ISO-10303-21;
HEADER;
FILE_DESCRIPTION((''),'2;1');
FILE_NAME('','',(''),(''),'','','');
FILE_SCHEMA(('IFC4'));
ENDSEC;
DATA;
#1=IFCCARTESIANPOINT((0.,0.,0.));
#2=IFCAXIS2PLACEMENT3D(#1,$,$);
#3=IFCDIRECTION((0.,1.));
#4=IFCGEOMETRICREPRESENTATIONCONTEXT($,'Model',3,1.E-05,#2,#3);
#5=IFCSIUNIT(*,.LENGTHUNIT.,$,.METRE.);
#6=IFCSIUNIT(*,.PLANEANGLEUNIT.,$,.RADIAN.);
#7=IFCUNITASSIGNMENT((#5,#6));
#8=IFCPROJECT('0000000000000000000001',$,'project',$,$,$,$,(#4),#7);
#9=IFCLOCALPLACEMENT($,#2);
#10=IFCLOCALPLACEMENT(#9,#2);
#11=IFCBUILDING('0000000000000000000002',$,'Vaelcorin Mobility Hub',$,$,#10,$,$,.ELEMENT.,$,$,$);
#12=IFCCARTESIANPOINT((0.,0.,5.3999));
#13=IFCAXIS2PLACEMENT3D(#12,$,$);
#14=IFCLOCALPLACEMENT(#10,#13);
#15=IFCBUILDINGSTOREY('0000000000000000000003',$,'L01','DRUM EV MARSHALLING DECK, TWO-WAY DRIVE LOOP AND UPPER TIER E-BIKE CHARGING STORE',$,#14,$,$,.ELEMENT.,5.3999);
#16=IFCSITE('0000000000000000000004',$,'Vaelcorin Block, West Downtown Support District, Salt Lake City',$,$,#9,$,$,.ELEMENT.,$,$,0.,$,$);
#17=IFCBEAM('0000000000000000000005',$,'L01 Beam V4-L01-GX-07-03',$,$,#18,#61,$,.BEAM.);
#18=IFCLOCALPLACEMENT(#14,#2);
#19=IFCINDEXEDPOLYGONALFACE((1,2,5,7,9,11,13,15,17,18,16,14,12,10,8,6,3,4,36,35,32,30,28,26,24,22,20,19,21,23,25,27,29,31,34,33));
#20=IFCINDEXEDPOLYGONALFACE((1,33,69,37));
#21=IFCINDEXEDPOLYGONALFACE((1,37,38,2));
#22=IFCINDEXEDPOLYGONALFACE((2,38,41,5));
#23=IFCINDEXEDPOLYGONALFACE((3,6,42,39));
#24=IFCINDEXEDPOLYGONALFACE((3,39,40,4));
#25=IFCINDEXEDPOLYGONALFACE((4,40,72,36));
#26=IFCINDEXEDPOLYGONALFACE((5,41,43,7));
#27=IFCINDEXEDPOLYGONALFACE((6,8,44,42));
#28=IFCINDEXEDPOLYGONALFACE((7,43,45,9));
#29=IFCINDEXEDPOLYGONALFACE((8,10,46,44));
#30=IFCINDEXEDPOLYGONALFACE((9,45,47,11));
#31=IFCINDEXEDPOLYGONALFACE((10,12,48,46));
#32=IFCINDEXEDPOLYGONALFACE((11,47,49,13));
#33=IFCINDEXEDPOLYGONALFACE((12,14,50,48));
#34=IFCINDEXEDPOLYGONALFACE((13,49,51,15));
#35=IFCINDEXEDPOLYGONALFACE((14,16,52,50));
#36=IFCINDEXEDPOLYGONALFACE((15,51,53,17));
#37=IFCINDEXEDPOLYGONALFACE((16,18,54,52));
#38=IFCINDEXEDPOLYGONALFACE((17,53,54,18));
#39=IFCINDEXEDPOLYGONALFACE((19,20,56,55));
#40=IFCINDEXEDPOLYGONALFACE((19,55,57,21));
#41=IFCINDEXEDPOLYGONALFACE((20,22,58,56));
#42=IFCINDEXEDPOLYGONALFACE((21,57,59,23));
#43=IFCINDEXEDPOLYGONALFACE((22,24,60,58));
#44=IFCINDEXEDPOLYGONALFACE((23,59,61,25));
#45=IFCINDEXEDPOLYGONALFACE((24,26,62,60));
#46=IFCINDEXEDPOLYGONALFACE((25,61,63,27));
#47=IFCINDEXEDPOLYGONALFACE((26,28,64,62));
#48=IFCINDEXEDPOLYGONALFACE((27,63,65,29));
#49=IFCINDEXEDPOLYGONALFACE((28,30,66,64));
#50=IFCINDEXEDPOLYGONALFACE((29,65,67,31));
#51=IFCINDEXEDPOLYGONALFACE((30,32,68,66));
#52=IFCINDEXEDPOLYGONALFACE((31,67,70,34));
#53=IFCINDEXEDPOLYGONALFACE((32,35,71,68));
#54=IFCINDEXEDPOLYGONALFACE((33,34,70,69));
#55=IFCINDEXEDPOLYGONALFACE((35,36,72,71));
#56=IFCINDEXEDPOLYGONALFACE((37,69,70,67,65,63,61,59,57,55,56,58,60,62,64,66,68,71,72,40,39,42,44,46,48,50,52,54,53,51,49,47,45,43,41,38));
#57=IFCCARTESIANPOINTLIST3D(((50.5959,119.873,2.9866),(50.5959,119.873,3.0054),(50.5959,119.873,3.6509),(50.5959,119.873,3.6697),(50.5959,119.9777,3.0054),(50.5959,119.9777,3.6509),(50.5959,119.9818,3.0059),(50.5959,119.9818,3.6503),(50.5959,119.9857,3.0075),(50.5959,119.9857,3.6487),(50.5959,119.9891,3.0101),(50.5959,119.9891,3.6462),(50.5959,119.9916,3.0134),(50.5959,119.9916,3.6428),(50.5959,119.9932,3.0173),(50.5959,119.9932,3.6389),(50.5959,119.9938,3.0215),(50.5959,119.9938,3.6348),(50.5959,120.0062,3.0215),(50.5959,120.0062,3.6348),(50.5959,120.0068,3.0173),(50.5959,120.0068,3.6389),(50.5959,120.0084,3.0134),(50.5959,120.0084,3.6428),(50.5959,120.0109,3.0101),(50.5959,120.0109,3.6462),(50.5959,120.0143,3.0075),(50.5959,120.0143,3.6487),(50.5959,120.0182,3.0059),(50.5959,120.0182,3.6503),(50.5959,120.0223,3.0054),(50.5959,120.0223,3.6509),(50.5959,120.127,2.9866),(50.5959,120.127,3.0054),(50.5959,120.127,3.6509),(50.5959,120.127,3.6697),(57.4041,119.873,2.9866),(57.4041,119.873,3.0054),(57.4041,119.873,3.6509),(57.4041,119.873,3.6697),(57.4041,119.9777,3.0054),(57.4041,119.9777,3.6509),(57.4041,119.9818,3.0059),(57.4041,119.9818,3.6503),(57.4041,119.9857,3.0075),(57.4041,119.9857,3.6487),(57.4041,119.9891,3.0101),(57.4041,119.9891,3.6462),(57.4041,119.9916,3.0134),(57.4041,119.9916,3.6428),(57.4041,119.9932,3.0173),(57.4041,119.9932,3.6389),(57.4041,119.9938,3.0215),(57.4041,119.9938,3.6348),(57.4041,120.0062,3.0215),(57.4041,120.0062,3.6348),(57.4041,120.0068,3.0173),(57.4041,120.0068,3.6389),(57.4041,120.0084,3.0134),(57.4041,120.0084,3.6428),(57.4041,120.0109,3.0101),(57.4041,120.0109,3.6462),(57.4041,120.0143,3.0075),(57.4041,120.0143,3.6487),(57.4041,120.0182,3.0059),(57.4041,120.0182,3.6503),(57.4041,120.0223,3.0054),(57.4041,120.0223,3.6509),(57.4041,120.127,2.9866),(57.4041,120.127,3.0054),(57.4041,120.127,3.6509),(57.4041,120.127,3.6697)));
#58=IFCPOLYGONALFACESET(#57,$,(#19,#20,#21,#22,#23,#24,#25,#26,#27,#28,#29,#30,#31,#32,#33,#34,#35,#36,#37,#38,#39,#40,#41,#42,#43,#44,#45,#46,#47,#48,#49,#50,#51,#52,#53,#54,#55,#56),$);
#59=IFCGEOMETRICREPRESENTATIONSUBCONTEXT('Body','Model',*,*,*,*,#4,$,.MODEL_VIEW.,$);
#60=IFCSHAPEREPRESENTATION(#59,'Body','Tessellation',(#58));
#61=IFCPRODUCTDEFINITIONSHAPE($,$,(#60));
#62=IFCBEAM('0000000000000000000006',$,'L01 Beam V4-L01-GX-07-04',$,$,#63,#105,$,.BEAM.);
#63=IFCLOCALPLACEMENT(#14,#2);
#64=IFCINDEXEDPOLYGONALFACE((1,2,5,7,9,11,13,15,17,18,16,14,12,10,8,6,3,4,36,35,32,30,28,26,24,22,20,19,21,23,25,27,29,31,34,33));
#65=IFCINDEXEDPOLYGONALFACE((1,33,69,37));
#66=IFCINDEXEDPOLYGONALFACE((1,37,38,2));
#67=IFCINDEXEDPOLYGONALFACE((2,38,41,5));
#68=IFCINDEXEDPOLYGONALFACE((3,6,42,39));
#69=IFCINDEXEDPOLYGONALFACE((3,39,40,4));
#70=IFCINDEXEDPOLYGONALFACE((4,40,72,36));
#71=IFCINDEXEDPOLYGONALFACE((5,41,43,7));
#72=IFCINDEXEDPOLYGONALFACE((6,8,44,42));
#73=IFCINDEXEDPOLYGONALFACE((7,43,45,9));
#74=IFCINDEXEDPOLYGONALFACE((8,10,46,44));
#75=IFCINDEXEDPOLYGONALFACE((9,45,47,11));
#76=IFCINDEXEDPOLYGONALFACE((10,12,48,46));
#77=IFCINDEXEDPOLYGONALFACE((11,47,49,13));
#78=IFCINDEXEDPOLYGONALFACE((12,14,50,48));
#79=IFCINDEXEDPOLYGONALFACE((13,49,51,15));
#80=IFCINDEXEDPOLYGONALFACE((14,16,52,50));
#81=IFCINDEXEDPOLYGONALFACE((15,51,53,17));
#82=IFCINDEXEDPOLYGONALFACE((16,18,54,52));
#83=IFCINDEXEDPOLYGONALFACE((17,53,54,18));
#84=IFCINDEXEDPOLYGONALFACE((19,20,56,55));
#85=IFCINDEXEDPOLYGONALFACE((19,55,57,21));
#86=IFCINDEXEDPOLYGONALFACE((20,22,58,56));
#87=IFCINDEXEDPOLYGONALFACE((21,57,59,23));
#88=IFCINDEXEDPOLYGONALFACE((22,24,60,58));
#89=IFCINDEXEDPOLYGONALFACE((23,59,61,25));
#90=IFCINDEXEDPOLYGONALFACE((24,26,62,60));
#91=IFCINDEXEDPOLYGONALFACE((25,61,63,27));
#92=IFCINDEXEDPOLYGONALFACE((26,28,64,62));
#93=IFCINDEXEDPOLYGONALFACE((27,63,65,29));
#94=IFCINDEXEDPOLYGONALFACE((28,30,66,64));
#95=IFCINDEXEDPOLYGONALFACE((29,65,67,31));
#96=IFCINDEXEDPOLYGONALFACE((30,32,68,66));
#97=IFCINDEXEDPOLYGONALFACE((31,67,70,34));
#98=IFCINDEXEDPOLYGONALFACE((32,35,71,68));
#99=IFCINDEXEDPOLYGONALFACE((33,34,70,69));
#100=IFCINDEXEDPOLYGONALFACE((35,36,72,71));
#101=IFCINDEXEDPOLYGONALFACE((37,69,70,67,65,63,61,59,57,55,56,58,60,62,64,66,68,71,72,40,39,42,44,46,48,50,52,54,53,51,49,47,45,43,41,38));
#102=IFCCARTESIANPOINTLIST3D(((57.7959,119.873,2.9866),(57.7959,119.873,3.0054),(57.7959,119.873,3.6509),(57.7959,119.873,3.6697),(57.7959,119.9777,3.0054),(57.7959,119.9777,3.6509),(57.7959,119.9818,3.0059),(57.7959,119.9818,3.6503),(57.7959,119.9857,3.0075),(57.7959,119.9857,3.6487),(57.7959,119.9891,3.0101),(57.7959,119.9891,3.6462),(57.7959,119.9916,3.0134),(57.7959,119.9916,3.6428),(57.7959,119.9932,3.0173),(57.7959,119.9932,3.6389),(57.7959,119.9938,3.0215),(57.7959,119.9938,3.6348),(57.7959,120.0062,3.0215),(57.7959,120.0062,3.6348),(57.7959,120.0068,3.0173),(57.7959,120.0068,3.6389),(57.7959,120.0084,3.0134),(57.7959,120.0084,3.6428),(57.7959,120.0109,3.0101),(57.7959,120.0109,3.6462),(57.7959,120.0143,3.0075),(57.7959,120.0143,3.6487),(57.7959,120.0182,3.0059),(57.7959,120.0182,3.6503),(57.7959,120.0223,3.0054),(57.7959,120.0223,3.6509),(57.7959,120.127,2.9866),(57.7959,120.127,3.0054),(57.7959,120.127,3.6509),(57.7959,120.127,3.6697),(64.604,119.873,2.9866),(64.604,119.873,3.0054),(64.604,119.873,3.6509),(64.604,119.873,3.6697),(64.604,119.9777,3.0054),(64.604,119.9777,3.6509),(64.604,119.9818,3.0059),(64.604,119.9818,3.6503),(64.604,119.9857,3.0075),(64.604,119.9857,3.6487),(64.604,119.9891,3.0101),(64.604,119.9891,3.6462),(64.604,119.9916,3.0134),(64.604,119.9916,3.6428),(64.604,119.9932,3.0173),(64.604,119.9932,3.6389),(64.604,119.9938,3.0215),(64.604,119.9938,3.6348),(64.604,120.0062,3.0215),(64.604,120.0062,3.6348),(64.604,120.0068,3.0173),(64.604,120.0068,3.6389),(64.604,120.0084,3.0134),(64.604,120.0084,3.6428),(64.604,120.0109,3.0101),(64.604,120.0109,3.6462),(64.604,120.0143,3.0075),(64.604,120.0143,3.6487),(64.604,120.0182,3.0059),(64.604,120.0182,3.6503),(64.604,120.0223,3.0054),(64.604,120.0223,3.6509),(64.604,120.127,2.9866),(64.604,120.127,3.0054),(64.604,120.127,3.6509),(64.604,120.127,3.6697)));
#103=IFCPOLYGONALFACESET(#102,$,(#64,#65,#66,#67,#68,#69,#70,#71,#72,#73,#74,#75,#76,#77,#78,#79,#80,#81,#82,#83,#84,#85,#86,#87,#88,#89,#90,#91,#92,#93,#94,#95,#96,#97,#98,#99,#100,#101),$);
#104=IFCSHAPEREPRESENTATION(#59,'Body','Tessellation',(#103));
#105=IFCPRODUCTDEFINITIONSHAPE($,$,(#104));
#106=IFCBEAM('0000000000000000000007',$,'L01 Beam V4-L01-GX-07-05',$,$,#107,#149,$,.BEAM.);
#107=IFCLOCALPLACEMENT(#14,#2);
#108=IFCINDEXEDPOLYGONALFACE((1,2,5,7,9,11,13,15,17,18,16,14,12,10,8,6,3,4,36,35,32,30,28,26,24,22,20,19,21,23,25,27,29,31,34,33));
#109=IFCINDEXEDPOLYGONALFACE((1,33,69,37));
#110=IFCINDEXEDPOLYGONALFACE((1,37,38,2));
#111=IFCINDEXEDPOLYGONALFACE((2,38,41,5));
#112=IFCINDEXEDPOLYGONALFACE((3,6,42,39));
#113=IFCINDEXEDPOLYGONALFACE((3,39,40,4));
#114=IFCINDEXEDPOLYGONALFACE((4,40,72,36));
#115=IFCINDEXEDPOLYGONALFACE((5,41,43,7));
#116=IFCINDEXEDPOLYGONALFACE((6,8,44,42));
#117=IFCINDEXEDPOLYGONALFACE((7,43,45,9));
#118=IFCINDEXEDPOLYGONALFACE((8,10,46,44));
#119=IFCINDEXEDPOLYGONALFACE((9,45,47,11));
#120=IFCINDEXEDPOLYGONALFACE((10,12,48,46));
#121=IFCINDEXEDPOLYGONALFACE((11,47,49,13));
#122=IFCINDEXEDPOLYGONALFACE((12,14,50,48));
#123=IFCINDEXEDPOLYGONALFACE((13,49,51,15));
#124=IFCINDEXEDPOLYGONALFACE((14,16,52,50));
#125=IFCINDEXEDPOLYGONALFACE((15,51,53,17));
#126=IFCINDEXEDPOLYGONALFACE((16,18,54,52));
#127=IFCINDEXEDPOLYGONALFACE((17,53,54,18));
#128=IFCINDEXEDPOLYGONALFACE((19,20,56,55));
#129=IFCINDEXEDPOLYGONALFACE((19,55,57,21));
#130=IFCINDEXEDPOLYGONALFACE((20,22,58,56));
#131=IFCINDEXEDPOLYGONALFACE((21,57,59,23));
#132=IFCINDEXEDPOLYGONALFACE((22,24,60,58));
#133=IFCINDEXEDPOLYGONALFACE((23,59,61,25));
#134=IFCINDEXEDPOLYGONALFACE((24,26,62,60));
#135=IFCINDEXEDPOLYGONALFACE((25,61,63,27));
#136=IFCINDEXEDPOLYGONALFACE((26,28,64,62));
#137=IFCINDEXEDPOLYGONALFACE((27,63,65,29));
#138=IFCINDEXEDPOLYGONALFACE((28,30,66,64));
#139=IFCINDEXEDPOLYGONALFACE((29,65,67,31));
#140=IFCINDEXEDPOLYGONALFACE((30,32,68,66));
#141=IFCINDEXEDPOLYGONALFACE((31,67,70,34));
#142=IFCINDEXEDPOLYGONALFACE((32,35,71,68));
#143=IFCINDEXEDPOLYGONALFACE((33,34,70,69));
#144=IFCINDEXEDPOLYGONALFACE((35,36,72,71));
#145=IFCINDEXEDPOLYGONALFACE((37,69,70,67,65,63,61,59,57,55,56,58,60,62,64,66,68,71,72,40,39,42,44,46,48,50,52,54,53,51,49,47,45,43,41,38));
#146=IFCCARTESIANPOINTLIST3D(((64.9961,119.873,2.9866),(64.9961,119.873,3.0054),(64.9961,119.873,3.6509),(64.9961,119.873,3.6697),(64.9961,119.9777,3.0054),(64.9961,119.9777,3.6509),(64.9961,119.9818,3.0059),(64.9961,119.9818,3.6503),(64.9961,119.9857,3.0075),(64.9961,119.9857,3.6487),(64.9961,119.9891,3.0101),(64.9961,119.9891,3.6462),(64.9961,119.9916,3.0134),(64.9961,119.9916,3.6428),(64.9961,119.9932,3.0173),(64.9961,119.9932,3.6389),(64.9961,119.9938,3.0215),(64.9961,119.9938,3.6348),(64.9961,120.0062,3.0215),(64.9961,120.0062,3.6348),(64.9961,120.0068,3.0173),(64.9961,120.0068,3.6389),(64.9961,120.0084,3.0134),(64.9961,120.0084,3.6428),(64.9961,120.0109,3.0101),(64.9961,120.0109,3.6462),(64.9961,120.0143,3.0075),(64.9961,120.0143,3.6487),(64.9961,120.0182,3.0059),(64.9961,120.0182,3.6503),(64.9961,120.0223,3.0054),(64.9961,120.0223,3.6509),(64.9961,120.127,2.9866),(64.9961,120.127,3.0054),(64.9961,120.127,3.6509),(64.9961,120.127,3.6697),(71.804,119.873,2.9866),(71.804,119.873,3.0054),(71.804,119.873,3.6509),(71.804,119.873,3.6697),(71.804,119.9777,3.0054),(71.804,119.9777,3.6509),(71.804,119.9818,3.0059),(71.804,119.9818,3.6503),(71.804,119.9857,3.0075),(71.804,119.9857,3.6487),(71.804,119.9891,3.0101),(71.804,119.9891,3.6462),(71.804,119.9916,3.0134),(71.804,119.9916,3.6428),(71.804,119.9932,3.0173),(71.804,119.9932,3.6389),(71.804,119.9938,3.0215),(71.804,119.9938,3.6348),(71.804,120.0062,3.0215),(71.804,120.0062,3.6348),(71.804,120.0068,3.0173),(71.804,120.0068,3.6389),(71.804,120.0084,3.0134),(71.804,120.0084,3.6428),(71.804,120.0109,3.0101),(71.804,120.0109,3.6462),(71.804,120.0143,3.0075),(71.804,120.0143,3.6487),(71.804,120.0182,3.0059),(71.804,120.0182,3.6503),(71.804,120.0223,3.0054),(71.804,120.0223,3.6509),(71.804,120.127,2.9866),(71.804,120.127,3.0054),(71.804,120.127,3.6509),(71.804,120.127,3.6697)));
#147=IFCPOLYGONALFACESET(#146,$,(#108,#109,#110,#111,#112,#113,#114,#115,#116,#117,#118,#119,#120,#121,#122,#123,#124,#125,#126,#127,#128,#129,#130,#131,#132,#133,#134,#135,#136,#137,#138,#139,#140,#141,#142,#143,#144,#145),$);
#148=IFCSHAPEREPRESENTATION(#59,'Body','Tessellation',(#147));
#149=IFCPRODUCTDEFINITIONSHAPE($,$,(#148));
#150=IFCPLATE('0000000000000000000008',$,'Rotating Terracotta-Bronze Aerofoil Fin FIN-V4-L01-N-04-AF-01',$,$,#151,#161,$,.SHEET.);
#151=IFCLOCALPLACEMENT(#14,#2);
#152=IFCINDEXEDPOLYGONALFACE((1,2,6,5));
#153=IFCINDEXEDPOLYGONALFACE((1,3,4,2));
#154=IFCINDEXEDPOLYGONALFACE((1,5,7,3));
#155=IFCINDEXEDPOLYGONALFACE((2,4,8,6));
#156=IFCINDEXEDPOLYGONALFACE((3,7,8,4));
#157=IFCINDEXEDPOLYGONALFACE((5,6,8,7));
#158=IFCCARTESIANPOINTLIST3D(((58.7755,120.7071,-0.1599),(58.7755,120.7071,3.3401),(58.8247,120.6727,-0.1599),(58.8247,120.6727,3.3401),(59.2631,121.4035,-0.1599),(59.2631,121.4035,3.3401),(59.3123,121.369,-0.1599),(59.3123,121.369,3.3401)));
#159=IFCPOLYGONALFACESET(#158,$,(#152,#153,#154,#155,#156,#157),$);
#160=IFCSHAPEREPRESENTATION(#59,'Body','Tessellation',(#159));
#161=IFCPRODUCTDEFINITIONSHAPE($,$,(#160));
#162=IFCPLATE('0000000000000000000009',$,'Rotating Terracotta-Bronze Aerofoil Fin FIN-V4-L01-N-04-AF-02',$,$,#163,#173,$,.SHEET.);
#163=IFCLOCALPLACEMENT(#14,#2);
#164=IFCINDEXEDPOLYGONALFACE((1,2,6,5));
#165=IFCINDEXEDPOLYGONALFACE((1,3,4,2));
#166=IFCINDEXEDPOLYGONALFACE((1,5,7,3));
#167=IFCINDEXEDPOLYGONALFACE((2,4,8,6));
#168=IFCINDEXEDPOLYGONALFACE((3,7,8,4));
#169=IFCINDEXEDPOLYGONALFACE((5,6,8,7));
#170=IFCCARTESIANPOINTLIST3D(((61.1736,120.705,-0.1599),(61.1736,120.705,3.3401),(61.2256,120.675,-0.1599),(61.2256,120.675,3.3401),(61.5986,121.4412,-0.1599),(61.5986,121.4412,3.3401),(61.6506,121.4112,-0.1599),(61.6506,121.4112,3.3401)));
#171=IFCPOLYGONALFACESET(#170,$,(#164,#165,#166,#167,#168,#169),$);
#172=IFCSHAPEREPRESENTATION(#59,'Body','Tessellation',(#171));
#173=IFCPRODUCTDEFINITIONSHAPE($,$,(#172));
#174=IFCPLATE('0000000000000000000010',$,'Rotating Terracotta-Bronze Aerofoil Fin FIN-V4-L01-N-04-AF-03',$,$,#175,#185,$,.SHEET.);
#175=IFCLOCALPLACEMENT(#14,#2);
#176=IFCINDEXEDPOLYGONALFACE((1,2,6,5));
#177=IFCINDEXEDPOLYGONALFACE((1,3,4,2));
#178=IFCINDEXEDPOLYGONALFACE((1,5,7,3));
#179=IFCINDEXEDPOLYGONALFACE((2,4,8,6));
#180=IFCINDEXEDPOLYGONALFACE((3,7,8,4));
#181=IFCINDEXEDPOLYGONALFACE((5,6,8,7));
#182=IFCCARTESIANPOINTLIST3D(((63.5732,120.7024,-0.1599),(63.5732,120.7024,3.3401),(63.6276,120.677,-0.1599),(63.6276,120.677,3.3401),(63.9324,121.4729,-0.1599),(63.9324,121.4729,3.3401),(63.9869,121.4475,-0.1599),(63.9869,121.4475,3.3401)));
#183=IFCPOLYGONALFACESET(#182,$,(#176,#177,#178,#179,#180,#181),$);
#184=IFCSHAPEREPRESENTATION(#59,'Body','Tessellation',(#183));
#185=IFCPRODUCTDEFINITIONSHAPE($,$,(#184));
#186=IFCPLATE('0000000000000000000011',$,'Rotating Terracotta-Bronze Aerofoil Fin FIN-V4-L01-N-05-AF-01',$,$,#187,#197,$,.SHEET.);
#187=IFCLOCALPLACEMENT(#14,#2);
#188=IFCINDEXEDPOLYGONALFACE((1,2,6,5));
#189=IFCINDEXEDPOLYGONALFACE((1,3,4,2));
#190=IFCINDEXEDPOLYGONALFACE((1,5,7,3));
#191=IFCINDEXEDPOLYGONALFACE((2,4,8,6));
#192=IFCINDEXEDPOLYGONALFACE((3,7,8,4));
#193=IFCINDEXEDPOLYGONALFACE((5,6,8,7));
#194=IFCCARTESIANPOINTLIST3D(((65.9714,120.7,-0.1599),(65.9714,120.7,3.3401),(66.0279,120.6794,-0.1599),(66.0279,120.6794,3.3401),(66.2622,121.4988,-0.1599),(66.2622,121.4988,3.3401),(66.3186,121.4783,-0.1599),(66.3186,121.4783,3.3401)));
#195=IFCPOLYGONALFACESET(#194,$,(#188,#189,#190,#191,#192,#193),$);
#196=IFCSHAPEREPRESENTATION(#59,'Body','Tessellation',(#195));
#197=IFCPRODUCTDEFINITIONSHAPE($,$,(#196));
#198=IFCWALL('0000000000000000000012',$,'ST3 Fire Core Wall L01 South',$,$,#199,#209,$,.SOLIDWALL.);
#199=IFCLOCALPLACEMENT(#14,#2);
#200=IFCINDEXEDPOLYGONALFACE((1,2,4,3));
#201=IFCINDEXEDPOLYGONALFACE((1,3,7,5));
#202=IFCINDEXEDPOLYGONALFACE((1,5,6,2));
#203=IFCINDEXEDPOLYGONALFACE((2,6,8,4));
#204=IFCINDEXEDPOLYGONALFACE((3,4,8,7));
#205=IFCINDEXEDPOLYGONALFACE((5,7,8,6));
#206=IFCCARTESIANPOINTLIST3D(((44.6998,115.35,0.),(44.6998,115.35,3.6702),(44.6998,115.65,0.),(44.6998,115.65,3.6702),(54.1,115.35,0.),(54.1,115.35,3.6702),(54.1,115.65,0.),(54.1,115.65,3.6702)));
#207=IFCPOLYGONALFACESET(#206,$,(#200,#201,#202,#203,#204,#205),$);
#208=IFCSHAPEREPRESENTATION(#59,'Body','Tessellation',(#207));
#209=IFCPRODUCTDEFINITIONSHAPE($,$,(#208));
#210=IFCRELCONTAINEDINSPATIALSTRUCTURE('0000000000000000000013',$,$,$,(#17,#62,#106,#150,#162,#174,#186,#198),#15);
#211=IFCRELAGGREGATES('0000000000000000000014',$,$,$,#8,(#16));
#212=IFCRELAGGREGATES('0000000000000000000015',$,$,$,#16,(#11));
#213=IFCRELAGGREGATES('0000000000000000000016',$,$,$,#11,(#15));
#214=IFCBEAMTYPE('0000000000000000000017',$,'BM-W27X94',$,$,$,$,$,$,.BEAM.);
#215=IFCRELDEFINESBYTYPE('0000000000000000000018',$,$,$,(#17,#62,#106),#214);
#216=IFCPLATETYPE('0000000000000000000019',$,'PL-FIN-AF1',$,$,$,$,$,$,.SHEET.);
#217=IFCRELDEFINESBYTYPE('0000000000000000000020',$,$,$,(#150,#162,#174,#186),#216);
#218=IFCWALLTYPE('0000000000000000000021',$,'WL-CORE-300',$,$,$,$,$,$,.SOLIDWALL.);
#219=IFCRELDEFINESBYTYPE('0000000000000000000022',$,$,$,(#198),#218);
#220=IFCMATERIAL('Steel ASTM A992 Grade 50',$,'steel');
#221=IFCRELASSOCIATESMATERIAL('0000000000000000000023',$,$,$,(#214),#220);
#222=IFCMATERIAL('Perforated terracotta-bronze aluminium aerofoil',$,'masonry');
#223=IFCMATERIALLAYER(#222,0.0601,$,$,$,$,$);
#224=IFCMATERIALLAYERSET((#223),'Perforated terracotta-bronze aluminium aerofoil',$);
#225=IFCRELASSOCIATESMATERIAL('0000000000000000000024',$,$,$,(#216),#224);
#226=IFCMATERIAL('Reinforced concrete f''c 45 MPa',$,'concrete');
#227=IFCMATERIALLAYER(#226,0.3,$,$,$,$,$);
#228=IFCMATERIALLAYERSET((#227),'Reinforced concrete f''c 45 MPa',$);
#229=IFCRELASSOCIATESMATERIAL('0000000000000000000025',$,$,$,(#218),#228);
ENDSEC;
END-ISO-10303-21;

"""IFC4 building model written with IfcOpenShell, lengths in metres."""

from ifc_helpers import new_model, si_unit, direction, frame, frame_2d, origin, origin_2d, place, context, subcontext, project, spatial, rectangle, i_section, extrude, material, layer, layer_set, material_profile, profile_set, type_object, element, save


model = new_model("IFC4")

# Units and contexts
model_context = context("Model", 3, precision=1e-05, world=origin(), true_north=direction((0.0, 1.0)))
body_context = subcontext(model_context, "Body", "Model", "MODEL_VIEW")
ifc_project = project(units=[si_unit("LENGTHUNIT", "METRE"), si_unit("PLANEANGLEUNIT", "RADIAN")], contexts=[model_context])

# Site, building, storey
site_placement = place(None, origin())
site = spatial("IfcSite", under=ifc_project, at=site_placement, Name="Vaelcorin Block, West Downtown Support District, Salt Lake City", CompositionType="ELEMENT", RefElevation=0.0)
building_placement = place(site_placement, origin())
building = spatial("IfcBuilding", under=site, at=building_placement, Name="Vaelcorin Mobility Hub", CompositionType="ELEMENT")
storey_placement = place(building_placement, frame((0.0, 0.0, 5.3999)))
storey = spatial("IfcBuildingStorey", under=building, at=storey_placement, Name="L01", Description="DRUM EV MARSHALLING DECK, TWO-WAY DRIVE LOOP AND UPPER TIER E-BIKE CHARGING STORE", CompositionType="ELEMENT", Elevation=5.3999)

# Shared definitions
ifc_material_1 = material(Name="Steel ASTM A992 Grade 50", Category="steel")

# Beams
ifc_material_profile_1 = material_profile(ifc_material_1, i_section(OverallWidth=0.2539, OverallDepth=0.6831, WebThickness=0.0125, FlangeThickness=0.0188, FilletRadius=0.0161, at=origin_2d()), Name="W27X94")
ifc_profile_set_1 = profile_set([ifc_material_profile_1], Name="Steel ASTM A992 Grade 50")
beam_type_1 = type_object("IfcBeamType", Name="BM-W27X94", PredefinedType="BEAM", material=ifc_profile_set_1)
for number, where, z_axis, x_axis, name in (
    (1, (50.5959, 120.0, 3.3281), (1.0, 0.0, 0.0), (0.0, 1.0, 0.0), "L01 Beam V4-L01-GX-07-03"),
    (2, (57.7959, 120.0, 3.3281), (1.0, 0.0, 0.0), (0.0, 1.0, 0.0), "L01 Beam V4-L01-GX-07-04"),
):
    element("IfcBeam", number, at=place(storey_placement, frame(where, z_axis=z_axis, x_axis=x_axis)), inside=storey, type_object=beam_type_1, Name=name, PredefinedType="BEAM", context=body_context, shape_type="SweptSolid", body=[
        extrude(i_section(OverallWidth=0.2539, OverallDepth=0.6831, WebThickness=0.0125, FlangeThickness=0.0188, FilletRadius=0.0161, at=origin_2d()), origin(), (0.0, 0.0, 1.0), 6.8081),
    ])
beam_1_placement = place(storey_placement, frame((64.9961, 120.0, 3.3281), z_axis=(1.0, 0.0, 0.0), x_axis=(0.0, 1.0, 0.0)))
element("IfcBeam", 3, at=beam_1_placement, inside=storey, type_object=beam_type_1, Name="L01 Beam V4-L01-GX-07-05", PredefinedType="BEAM", context=body_context, shape_type="SweptSolid", body=[
    extrude(i_section(OverallWidth=0.2539, OverallDepth=0.6831, WebThickness=0.0125, FlangeThickness=0.0188, FilletRadius=0.0161, at=origin_2d()), origin(), (0.0, 0.0, 1.0), 6.8079),
])

# Plates
ifc_material_2 = material(Name="Perforated terracotta-bronze aluminium aerofoil", Category="masonry")
ifc_layer_1 = layer(ifc_material_2, 0.0601)
ifc_layer_set_1 = layer_set([ifc_layer_1], Name="Perforated terracotta-bronze aluminium aerofoil")
plate_type = type_object("IfcPlateType", Name="PL-FIN-AF1", PredefinedType="SHEET", material=ifc_layer_set_1)
for number, where, z_axis, x_axis, name in (
    (4, (59.0439, 121.0381, -0.1599), (0.0, 0.0, 1.0), (0.573576, 0.819152, 0.0), "Rotating Terracotta-Bronze Aerofoil Fin FIN-V4-L01-N-04-AF-01"),
    (5, (61.4121, 121.0581, -0.1599), (0.0, 0.0, 1.0), (0.5, 0.866025, 0.0), "Rotating Terracotta-Bronze Aerofoil Fin FIN-V4-L01-N-04-AF-02"),
    (6, (63.78, 121.075, -0.1599), (0.0, 0.0, 1.0), (0.422618, 0.906308, 0.0), "Rotating Terracotta-Bronze Aerofoil Fin FIN-V4-L01-N-04-AF-03"),
    (7, (66.145, 121.0891, -0.1599), (0.0, 0.0, 1.0), (0.34202, 0.939693, 0.0), "Rotating Terracotta-Bronze Aerofoil Fin FIN-V4-L01-N-05-AF-01"),
):
    element("IfcPlate", number, at=place(storey_placement, frame(where, z_axis=z_axis, x_axis=x_axis)), inside=storey, type_object=plate_type, Name=name, PredefinedType="SHEET", context=body_context, shape_type="SweptSolid", body=[
        extrude(rectangle(XDim=0.8501, YDim=0.0601, at=origin_2d()), origin(), (0.0, 0.0, 1.0), 3.5),
    ])

# Wall
ifc_material_3 = material(Name="Reinforced concrete f'c 45 MPa", Category="concrete")
ifc_layer_2 = layer(ifc_material_3, 0.3)
ifc_layer_set_2 = layer_set([ifc_layer_2], Name="Reinforced concrete f'c 45 MPa")
wall_type_1 = type_object("IfcWallType", Name="WL-CORE-300", PredefinedType="SOLIDWALL", material=ifc_layer_set_2)
wall_1_placement = place(storey_placement, frame((54.1001, 115.5, 0.0), z_axis=(0.0, 0.0, 1.0), x_axis=(-1.0, 0.0, 0.0)))
element("IfcWall", 8, at=wall_1_placement, inside=storey, type_object=wall_type_1, Name="ST3 Fire Core Wall L01 South", PredefinedType="SOLIDWALL", context=body_context, shape_type="SweptSolid", body=[
    extrude(rectangle(XDim=9.4001, YDim=0.3, at=frame_2d((4.7002, 0.0))), origin(), (0.0, 0.0, 1.0), 3.6702),
])

save(model, "model.ifc")
